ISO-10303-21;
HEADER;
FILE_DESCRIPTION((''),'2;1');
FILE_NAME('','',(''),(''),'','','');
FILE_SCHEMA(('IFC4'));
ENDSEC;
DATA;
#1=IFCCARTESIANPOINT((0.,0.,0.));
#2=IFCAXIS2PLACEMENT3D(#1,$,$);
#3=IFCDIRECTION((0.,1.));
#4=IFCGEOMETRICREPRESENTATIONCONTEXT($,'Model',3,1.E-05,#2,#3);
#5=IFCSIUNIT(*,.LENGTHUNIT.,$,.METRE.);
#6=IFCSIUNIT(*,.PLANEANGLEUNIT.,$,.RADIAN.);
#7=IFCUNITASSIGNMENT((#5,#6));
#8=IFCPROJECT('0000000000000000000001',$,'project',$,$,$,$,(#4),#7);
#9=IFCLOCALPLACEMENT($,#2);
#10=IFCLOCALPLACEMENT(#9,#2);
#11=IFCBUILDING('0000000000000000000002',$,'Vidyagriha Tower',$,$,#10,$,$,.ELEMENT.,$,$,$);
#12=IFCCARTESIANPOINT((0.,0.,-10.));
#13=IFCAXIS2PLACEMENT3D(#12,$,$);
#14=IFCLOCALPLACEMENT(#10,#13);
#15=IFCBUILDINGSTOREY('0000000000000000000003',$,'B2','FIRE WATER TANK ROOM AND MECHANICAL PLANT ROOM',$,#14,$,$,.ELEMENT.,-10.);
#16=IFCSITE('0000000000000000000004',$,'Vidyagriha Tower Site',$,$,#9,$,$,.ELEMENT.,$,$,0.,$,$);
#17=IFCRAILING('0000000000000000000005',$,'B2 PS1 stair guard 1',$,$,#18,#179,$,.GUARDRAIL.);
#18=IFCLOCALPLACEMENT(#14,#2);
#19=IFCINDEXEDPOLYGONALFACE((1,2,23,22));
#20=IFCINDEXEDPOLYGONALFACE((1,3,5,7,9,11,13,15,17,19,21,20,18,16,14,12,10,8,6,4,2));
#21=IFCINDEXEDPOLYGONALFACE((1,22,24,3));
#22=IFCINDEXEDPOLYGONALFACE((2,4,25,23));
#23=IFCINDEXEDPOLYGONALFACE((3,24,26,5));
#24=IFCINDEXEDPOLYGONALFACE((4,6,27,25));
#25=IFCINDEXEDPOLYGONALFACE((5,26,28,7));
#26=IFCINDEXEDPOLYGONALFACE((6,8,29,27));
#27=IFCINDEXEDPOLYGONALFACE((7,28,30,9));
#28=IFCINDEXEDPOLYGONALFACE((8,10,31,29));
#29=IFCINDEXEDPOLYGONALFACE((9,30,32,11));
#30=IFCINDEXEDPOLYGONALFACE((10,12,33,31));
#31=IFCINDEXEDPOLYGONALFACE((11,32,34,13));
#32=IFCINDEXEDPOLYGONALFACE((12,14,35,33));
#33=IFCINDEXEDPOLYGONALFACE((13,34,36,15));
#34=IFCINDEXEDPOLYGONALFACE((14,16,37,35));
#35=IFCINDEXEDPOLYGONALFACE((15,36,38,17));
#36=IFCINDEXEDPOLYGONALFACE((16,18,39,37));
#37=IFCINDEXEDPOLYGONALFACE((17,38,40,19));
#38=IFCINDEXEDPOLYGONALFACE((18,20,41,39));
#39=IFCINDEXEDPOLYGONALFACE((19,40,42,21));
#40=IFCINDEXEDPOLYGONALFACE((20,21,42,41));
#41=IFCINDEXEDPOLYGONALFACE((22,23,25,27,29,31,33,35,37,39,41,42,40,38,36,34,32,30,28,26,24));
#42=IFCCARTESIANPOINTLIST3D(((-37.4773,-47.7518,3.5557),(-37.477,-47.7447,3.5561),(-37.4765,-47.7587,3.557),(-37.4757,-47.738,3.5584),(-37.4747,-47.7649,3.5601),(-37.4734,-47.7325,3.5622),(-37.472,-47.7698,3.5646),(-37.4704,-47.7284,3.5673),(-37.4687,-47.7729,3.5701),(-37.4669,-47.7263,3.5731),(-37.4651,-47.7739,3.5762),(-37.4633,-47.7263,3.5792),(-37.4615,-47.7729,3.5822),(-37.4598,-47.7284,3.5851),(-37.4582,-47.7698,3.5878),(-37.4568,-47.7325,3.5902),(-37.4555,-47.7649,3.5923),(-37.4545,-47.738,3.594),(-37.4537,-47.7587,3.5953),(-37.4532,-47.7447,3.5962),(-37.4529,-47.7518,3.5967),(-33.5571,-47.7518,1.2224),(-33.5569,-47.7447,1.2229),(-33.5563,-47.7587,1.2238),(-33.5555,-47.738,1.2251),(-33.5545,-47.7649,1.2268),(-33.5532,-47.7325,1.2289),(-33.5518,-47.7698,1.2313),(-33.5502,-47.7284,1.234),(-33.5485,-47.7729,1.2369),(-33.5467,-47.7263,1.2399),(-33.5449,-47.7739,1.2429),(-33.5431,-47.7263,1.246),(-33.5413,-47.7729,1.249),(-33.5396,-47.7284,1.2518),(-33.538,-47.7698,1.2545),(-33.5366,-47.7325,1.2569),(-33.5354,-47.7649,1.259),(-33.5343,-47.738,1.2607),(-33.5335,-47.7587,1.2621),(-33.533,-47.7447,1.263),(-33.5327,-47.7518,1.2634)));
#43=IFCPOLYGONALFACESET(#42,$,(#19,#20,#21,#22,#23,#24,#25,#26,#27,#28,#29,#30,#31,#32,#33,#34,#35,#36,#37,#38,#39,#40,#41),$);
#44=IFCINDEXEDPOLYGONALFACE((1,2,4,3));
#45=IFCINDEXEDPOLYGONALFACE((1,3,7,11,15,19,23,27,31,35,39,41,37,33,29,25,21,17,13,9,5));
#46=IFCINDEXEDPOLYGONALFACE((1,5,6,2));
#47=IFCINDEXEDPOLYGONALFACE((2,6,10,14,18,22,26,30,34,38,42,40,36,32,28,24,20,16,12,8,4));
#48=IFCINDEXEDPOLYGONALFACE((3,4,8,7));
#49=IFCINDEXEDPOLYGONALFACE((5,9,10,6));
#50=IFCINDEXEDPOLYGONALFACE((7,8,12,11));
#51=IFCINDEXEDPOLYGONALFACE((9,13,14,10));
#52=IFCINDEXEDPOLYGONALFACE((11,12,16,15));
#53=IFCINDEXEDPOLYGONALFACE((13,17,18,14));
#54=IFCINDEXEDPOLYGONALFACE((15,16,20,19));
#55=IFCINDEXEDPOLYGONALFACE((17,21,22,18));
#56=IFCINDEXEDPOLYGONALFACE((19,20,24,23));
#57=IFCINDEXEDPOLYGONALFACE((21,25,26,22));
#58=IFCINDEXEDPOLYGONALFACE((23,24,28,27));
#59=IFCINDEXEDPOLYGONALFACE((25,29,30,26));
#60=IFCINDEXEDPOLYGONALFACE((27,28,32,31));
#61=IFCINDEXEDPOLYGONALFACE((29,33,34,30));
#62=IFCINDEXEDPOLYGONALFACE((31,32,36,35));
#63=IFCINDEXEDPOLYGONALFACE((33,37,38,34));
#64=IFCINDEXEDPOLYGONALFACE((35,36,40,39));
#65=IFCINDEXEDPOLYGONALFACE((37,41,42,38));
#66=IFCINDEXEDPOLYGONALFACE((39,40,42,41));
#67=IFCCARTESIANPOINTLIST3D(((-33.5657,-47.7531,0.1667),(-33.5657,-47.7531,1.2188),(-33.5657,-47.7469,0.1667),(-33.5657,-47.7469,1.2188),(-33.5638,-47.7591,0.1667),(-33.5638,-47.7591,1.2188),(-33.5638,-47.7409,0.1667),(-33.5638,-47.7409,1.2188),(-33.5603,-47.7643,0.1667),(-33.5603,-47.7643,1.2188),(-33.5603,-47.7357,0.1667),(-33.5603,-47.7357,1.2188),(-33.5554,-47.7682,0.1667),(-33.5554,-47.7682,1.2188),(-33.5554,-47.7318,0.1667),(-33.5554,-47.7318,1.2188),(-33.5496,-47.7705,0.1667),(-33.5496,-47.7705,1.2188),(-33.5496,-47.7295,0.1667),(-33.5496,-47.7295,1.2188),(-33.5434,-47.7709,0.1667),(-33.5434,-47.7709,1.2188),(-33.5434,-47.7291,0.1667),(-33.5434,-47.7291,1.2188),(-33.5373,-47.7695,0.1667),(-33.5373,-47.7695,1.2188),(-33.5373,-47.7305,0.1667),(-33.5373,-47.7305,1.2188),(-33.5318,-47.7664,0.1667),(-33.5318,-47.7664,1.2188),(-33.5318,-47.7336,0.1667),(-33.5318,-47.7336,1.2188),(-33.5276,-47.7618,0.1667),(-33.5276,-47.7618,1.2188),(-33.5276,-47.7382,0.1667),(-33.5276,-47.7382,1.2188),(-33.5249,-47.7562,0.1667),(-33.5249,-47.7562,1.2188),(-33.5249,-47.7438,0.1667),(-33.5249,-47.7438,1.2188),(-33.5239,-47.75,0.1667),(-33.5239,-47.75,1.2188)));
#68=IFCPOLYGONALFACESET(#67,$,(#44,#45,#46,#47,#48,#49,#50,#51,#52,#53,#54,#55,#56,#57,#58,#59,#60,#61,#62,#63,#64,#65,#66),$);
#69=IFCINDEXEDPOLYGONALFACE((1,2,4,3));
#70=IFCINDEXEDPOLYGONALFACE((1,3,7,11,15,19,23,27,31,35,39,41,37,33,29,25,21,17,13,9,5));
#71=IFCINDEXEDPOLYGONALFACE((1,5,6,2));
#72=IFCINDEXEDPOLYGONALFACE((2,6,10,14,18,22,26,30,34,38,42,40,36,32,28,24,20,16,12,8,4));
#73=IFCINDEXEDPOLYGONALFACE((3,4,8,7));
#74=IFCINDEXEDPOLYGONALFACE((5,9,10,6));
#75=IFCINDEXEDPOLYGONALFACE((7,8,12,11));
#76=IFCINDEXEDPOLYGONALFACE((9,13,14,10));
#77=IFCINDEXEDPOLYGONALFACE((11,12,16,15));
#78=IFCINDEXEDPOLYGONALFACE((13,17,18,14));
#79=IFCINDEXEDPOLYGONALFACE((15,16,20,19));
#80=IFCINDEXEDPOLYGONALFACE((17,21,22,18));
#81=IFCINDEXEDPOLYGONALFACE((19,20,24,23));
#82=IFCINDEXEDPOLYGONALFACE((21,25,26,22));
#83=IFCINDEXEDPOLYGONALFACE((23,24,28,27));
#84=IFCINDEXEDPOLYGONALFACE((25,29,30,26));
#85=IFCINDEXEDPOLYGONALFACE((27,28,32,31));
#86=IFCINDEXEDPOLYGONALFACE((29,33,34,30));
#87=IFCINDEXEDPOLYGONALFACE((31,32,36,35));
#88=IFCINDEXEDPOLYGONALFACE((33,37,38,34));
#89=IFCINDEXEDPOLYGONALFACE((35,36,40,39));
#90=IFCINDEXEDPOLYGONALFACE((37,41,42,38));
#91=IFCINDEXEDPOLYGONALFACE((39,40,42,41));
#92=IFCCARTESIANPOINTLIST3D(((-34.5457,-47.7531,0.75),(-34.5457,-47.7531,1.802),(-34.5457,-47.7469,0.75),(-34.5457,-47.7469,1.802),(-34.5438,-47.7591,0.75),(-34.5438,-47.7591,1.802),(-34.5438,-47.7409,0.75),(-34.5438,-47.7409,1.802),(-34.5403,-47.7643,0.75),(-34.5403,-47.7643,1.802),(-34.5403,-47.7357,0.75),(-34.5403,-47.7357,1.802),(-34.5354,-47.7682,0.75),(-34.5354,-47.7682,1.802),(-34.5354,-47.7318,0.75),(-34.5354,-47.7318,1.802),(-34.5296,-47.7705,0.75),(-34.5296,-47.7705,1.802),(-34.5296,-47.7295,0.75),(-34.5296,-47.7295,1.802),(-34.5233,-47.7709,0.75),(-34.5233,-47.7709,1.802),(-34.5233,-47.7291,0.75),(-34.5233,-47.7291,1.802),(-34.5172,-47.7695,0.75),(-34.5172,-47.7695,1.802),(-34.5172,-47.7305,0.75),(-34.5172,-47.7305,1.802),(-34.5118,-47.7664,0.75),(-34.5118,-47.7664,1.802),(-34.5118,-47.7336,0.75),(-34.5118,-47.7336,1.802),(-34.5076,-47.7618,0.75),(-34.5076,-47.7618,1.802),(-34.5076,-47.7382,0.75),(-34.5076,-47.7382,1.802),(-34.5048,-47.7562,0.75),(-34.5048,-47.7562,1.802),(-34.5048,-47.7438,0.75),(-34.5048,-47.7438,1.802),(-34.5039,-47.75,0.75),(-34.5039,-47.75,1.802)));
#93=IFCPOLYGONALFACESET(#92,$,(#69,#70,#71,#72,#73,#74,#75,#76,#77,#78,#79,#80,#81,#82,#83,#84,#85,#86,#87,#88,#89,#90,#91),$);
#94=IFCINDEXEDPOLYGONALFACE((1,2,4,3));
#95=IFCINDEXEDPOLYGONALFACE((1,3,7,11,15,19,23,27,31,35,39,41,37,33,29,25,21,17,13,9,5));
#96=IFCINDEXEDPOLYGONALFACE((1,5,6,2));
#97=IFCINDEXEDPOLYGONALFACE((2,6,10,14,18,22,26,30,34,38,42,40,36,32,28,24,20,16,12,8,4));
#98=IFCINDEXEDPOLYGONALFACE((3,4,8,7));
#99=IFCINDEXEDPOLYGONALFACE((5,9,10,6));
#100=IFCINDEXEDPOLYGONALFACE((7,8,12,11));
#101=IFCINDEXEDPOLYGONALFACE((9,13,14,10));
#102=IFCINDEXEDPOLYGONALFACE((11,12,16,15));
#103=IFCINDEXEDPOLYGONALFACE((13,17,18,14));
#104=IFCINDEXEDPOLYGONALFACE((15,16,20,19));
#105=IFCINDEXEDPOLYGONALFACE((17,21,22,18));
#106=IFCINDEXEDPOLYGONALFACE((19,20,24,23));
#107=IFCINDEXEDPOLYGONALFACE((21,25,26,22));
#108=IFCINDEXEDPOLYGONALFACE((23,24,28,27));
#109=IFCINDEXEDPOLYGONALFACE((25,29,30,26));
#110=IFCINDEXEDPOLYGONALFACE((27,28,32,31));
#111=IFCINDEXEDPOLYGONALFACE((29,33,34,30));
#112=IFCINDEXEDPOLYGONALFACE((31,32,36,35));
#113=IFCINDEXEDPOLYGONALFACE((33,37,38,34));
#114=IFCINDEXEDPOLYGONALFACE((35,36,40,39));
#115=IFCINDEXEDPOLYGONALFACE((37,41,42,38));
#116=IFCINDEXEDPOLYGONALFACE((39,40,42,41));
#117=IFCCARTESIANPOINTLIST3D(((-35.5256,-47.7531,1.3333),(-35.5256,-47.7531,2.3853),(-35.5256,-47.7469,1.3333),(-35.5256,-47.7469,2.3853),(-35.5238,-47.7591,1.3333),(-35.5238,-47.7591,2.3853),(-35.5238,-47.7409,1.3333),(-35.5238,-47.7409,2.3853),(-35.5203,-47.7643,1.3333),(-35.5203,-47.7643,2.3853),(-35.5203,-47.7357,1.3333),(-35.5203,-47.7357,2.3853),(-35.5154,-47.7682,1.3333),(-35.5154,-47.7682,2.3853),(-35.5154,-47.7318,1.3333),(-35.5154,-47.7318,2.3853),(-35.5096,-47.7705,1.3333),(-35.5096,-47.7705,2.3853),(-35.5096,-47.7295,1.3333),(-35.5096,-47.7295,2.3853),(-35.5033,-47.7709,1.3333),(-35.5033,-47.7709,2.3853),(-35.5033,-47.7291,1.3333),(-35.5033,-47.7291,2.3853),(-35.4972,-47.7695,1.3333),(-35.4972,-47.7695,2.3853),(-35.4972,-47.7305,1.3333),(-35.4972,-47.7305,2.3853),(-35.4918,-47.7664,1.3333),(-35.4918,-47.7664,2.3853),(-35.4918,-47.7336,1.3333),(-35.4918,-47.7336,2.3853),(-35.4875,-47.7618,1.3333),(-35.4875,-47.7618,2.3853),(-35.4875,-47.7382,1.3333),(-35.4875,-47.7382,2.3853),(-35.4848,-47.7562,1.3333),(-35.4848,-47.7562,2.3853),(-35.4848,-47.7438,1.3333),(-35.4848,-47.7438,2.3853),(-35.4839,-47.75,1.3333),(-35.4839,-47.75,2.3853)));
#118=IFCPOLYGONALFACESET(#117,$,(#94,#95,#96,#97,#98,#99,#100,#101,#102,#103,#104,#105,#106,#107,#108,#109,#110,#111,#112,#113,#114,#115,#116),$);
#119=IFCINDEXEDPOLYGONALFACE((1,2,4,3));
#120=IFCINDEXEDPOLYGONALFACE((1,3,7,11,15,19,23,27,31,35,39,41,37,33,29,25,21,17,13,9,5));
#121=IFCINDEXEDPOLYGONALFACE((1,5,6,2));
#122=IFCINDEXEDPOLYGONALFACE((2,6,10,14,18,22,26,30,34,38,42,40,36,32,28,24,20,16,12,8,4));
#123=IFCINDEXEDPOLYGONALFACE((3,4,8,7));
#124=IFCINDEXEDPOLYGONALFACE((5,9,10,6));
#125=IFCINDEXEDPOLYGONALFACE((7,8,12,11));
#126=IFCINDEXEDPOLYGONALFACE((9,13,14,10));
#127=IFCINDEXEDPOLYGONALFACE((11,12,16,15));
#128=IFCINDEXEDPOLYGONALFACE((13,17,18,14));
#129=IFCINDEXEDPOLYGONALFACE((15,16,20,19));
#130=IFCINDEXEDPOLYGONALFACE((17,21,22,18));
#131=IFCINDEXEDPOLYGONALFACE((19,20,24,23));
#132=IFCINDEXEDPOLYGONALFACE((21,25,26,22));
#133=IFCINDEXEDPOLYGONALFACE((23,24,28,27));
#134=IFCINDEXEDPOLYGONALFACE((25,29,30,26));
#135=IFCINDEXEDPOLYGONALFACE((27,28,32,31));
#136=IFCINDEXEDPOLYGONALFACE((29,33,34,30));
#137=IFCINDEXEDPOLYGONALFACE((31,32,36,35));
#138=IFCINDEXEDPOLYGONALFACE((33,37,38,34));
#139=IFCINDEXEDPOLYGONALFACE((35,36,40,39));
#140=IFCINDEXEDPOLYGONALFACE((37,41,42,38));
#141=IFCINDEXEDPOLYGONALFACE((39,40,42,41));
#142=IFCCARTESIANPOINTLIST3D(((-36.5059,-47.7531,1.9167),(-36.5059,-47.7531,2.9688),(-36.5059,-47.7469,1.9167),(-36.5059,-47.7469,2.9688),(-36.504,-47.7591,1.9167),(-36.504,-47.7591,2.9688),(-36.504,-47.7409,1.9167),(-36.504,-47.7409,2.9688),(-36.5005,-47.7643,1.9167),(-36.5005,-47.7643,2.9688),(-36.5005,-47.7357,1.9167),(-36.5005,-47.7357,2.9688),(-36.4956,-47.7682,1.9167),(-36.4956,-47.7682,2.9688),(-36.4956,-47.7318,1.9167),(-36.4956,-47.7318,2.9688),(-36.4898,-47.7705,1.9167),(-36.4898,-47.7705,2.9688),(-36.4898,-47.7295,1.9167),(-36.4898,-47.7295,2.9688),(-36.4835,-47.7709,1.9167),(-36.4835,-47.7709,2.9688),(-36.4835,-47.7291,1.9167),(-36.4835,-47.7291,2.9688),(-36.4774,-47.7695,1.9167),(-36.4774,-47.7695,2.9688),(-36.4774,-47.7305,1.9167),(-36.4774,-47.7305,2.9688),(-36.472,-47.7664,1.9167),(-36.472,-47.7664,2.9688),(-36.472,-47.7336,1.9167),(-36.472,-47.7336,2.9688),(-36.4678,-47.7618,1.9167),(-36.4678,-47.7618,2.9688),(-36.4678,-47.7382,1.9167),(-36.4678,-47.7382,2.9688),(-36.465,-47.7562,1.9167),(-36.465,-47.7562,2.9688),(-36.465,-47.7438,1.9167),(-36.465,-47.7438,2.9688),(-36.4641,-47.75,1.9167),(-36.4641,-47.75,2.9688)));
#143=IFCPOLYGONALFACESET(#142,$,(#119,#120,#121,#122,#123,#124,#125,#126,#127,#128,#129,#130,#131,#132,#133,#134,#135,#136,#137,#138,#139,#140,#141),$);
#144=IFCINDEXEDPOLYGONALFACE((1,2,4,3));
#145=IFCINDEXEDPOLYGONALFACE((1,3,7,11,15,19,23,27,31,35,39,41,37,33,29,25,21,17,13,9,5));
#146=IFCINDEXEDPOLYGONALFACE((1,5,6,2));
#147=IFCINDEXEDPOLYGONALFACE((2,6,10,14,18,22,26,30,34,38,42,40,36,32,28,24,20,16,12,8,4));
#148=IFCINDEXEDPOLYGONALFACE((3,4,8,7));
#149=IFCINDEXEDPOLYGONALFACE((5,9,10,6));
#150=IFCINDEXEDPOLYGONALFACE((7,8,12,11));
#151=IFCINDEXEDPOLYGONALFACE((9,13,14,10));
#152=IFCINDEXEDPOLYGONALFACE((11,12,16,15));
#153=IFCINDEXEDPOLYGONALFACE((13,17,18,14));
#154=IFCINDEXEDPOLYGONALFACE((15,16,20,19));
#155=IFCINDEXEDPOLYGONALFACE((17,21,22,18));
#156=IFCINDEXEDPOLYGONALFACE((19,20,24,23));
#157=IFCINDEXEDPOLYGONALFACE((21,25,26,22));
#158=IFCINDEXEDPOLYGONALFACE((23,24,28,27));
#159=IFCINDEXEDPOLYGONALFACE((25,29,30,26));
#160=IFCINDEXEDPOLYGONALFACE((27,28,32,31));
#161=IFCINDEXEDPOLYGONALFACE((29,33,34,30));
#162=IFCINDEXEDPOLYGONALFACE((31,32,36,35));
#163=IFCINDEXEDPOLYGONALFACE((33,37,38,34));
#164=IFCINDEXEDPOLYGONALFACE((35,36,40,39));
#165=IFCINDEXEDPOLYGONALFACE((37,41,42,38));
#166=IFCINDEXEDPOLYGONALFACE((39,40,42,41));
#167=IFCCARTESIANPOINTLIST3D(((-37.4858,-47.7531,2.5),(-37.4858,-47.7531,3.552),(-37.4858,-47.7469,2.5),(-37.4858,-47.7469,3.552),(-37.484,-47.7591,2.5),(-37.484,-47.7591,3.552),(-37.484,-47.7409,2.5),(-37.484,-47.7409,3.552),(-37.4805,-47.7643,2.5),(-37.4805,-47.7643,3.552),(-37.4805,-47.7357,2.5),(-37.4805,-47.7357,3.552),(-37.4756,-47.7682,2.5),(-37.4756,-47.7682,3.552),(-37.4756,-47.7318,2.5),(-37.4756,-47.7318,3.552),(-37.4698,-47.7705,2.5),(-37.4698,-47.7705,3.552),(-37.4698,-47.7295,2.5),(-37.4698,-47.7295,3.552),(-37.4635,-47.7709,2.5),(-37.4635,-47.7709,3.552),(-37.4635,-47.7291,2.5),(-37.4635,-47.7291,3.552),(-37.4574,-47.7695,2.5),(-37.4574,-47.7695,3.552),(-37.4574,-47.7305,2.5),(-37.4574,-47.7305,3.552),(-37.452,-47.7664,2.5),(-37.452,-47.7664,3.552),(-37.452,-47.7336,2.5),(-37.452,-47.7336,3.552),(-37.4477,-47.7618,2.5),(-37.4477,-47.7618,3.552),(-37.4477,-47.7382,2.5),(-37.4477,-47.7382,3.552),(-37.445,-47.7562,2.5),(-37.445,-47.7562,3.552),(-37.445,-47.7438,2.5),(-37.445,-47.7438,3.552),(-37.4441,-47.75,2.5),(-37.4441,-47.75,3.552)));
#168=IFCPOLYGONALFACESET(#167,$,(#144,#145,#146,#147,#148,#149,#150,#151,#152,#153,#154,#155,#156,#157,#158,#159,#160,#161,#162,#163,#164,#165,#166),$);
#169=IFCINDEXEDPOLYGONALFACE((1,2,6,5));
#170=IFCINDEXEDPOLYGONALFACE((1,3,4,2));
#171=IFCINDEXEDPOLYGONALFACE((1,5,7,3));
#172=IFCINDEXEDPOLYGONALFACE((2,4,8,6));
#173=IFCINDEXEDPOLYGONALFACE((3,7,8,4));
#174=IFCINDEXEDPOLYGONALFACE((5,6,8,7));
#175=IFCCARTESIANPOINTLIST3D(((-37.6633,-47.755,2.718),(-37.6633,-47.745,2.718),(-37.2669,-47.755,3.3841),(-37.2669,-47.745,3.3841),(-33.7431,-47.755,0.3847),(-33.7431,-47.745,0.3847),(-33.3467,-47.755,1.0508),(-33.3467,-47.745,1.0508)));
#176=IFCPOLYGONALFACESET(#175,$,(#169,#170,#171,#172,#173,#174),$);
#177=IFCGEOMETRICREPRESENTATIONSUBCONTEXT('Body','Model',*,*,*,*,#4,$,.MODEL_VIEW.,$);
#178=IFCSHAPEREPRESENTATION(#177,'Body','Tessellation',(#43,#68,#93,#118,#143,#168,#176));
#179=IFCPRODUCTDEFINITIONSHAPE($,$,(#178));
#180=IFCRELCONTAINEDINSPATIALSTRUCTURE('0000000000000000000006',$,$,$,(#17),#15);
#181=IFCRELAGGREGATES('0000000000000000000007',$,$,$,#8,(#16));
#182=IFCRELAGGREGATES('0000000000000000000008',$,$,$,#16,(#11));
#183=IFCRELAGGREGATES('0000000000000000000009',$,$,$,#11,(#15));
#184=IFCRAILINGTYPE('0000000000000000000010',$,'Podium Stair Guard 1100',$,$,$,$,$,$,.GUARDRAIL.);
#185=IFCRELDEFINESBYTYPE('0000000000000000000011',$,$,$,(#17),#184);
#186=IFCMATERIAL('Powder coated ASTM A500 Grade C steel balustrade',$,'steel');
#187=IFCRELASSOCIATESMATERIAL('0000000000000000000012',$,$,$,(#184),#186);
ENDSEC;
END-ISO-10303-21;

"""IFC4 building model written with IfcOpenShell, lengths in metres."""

from ifc_helpers import new_model, si_unit, direction, frame, origin, origin_2d, place, context, subcontext, project, spatial, rectangle, circle, extrude, material, type_object, element, save


model = new_model("IFC4")

# Units and contexts
model_context = context("Model", 3, precision=1e-05, world=origin(), true_north=direction((0.0, 1.0)))
body_context = subcontext(model_context, "Body", "Model", "MODEL_VIEW")
ifc_project = project(units=[si_unit("LENGTHUNIT", "METRE"), si_unit("PLANEANGLEUNIT", "RADIAN")], contexts=[model_context])

# Site, building, storey
site_placement = place(None, origin())
site = spatial("IfcSite", under=ifc_project, at=site_placement, Name="Vidyagriha Tower Site", CompositionType="ELEMENT", RefElevation=0.0)
building_placement = place(site_placement, origin())
building = spatial("IfcBuilding", under=site, at=building_placement, Name="Vidyagriha Tower", CompositionType="ELEMENT")
storey_placement = place(building_placement, frame((0.0, 0.0, -10.0)))
storey = spatial("IfcBuildingStorey", under=building, at=storey_placement, Name="B2", Description="FIRE WATER TANK ROOM AND MECHANICAL PLANT ROOM", CompositionType="ELEMENT", Elevation=-10.0)

# Railing
ifc_material_1 = material(Name="Powder coated ASTM A500 Grade C steel balustrade", Category="steel")
railing_type_1 = type_object("IfcRailingType", Name="Podium Stair Guard 1100", PredefinedType="GUARDRAIL", material=ifc_material_1)
railing_1_placement = place(storey_placement, frame((-33.5449, -47.75, 0.1667)))
element("IfcRailing", 1, at=railing_1_placement, inside=storey, type_object=railing_type_1, Name="B2 PS1 stair guard 1", PredefinedType="GUARDRAIL", context=body_context, shape_type="SweptSolid", body=[
    extrude(circle(Radius=0.0239, at=origin_2d()), frame((0.0, 0.0, 1.0762), z_axis=(-0.85931, 0.0, 0.511455), x_axis=(0.0, -1.0, 0.0)), (0.0, 0.0, 1.0), 4.562),
    extrude(circle(Radius=0.021, at=origin_2d()), origin(), (0.0, 0.0, 1.0), 1.052),
    extrude(circle(Radius=0.021, at=origin_2d()), frame((-0.98, 0.0, 0.5833)), (0.0, 0.0, 1.0), 1.052),
    extrude(circle(Radius=0.021, at=origin_2d()), frame((-1.96, 0.0, 1.1665)), (0.0, 0.0, 1.0), 1.052),
    extrude(circle(Radius=0.021, at=origin_2d()), frame((-2.9402, 0.0, 1.75)), (0.0, 0.0, 1.0), 1.052),
    extrude(circle(Radius=0.021, at=origin_2d()), frame((-3.9202, 0.0, 2.3333)), (0.0, 0.0, 1.0), 1.052),
    extrude(rectangle(XDim=0.01, YDim=0.7751, at=origin_2d()), frame((0.0, 0.0, 0.551), z_axis=(-0.85931, 0.0, 0.511455), x_axis=(0.0, -1.0, 0.0)), (0.0, 0.0, 1.0), 4.562),
])

save(model, "model.ifc")
